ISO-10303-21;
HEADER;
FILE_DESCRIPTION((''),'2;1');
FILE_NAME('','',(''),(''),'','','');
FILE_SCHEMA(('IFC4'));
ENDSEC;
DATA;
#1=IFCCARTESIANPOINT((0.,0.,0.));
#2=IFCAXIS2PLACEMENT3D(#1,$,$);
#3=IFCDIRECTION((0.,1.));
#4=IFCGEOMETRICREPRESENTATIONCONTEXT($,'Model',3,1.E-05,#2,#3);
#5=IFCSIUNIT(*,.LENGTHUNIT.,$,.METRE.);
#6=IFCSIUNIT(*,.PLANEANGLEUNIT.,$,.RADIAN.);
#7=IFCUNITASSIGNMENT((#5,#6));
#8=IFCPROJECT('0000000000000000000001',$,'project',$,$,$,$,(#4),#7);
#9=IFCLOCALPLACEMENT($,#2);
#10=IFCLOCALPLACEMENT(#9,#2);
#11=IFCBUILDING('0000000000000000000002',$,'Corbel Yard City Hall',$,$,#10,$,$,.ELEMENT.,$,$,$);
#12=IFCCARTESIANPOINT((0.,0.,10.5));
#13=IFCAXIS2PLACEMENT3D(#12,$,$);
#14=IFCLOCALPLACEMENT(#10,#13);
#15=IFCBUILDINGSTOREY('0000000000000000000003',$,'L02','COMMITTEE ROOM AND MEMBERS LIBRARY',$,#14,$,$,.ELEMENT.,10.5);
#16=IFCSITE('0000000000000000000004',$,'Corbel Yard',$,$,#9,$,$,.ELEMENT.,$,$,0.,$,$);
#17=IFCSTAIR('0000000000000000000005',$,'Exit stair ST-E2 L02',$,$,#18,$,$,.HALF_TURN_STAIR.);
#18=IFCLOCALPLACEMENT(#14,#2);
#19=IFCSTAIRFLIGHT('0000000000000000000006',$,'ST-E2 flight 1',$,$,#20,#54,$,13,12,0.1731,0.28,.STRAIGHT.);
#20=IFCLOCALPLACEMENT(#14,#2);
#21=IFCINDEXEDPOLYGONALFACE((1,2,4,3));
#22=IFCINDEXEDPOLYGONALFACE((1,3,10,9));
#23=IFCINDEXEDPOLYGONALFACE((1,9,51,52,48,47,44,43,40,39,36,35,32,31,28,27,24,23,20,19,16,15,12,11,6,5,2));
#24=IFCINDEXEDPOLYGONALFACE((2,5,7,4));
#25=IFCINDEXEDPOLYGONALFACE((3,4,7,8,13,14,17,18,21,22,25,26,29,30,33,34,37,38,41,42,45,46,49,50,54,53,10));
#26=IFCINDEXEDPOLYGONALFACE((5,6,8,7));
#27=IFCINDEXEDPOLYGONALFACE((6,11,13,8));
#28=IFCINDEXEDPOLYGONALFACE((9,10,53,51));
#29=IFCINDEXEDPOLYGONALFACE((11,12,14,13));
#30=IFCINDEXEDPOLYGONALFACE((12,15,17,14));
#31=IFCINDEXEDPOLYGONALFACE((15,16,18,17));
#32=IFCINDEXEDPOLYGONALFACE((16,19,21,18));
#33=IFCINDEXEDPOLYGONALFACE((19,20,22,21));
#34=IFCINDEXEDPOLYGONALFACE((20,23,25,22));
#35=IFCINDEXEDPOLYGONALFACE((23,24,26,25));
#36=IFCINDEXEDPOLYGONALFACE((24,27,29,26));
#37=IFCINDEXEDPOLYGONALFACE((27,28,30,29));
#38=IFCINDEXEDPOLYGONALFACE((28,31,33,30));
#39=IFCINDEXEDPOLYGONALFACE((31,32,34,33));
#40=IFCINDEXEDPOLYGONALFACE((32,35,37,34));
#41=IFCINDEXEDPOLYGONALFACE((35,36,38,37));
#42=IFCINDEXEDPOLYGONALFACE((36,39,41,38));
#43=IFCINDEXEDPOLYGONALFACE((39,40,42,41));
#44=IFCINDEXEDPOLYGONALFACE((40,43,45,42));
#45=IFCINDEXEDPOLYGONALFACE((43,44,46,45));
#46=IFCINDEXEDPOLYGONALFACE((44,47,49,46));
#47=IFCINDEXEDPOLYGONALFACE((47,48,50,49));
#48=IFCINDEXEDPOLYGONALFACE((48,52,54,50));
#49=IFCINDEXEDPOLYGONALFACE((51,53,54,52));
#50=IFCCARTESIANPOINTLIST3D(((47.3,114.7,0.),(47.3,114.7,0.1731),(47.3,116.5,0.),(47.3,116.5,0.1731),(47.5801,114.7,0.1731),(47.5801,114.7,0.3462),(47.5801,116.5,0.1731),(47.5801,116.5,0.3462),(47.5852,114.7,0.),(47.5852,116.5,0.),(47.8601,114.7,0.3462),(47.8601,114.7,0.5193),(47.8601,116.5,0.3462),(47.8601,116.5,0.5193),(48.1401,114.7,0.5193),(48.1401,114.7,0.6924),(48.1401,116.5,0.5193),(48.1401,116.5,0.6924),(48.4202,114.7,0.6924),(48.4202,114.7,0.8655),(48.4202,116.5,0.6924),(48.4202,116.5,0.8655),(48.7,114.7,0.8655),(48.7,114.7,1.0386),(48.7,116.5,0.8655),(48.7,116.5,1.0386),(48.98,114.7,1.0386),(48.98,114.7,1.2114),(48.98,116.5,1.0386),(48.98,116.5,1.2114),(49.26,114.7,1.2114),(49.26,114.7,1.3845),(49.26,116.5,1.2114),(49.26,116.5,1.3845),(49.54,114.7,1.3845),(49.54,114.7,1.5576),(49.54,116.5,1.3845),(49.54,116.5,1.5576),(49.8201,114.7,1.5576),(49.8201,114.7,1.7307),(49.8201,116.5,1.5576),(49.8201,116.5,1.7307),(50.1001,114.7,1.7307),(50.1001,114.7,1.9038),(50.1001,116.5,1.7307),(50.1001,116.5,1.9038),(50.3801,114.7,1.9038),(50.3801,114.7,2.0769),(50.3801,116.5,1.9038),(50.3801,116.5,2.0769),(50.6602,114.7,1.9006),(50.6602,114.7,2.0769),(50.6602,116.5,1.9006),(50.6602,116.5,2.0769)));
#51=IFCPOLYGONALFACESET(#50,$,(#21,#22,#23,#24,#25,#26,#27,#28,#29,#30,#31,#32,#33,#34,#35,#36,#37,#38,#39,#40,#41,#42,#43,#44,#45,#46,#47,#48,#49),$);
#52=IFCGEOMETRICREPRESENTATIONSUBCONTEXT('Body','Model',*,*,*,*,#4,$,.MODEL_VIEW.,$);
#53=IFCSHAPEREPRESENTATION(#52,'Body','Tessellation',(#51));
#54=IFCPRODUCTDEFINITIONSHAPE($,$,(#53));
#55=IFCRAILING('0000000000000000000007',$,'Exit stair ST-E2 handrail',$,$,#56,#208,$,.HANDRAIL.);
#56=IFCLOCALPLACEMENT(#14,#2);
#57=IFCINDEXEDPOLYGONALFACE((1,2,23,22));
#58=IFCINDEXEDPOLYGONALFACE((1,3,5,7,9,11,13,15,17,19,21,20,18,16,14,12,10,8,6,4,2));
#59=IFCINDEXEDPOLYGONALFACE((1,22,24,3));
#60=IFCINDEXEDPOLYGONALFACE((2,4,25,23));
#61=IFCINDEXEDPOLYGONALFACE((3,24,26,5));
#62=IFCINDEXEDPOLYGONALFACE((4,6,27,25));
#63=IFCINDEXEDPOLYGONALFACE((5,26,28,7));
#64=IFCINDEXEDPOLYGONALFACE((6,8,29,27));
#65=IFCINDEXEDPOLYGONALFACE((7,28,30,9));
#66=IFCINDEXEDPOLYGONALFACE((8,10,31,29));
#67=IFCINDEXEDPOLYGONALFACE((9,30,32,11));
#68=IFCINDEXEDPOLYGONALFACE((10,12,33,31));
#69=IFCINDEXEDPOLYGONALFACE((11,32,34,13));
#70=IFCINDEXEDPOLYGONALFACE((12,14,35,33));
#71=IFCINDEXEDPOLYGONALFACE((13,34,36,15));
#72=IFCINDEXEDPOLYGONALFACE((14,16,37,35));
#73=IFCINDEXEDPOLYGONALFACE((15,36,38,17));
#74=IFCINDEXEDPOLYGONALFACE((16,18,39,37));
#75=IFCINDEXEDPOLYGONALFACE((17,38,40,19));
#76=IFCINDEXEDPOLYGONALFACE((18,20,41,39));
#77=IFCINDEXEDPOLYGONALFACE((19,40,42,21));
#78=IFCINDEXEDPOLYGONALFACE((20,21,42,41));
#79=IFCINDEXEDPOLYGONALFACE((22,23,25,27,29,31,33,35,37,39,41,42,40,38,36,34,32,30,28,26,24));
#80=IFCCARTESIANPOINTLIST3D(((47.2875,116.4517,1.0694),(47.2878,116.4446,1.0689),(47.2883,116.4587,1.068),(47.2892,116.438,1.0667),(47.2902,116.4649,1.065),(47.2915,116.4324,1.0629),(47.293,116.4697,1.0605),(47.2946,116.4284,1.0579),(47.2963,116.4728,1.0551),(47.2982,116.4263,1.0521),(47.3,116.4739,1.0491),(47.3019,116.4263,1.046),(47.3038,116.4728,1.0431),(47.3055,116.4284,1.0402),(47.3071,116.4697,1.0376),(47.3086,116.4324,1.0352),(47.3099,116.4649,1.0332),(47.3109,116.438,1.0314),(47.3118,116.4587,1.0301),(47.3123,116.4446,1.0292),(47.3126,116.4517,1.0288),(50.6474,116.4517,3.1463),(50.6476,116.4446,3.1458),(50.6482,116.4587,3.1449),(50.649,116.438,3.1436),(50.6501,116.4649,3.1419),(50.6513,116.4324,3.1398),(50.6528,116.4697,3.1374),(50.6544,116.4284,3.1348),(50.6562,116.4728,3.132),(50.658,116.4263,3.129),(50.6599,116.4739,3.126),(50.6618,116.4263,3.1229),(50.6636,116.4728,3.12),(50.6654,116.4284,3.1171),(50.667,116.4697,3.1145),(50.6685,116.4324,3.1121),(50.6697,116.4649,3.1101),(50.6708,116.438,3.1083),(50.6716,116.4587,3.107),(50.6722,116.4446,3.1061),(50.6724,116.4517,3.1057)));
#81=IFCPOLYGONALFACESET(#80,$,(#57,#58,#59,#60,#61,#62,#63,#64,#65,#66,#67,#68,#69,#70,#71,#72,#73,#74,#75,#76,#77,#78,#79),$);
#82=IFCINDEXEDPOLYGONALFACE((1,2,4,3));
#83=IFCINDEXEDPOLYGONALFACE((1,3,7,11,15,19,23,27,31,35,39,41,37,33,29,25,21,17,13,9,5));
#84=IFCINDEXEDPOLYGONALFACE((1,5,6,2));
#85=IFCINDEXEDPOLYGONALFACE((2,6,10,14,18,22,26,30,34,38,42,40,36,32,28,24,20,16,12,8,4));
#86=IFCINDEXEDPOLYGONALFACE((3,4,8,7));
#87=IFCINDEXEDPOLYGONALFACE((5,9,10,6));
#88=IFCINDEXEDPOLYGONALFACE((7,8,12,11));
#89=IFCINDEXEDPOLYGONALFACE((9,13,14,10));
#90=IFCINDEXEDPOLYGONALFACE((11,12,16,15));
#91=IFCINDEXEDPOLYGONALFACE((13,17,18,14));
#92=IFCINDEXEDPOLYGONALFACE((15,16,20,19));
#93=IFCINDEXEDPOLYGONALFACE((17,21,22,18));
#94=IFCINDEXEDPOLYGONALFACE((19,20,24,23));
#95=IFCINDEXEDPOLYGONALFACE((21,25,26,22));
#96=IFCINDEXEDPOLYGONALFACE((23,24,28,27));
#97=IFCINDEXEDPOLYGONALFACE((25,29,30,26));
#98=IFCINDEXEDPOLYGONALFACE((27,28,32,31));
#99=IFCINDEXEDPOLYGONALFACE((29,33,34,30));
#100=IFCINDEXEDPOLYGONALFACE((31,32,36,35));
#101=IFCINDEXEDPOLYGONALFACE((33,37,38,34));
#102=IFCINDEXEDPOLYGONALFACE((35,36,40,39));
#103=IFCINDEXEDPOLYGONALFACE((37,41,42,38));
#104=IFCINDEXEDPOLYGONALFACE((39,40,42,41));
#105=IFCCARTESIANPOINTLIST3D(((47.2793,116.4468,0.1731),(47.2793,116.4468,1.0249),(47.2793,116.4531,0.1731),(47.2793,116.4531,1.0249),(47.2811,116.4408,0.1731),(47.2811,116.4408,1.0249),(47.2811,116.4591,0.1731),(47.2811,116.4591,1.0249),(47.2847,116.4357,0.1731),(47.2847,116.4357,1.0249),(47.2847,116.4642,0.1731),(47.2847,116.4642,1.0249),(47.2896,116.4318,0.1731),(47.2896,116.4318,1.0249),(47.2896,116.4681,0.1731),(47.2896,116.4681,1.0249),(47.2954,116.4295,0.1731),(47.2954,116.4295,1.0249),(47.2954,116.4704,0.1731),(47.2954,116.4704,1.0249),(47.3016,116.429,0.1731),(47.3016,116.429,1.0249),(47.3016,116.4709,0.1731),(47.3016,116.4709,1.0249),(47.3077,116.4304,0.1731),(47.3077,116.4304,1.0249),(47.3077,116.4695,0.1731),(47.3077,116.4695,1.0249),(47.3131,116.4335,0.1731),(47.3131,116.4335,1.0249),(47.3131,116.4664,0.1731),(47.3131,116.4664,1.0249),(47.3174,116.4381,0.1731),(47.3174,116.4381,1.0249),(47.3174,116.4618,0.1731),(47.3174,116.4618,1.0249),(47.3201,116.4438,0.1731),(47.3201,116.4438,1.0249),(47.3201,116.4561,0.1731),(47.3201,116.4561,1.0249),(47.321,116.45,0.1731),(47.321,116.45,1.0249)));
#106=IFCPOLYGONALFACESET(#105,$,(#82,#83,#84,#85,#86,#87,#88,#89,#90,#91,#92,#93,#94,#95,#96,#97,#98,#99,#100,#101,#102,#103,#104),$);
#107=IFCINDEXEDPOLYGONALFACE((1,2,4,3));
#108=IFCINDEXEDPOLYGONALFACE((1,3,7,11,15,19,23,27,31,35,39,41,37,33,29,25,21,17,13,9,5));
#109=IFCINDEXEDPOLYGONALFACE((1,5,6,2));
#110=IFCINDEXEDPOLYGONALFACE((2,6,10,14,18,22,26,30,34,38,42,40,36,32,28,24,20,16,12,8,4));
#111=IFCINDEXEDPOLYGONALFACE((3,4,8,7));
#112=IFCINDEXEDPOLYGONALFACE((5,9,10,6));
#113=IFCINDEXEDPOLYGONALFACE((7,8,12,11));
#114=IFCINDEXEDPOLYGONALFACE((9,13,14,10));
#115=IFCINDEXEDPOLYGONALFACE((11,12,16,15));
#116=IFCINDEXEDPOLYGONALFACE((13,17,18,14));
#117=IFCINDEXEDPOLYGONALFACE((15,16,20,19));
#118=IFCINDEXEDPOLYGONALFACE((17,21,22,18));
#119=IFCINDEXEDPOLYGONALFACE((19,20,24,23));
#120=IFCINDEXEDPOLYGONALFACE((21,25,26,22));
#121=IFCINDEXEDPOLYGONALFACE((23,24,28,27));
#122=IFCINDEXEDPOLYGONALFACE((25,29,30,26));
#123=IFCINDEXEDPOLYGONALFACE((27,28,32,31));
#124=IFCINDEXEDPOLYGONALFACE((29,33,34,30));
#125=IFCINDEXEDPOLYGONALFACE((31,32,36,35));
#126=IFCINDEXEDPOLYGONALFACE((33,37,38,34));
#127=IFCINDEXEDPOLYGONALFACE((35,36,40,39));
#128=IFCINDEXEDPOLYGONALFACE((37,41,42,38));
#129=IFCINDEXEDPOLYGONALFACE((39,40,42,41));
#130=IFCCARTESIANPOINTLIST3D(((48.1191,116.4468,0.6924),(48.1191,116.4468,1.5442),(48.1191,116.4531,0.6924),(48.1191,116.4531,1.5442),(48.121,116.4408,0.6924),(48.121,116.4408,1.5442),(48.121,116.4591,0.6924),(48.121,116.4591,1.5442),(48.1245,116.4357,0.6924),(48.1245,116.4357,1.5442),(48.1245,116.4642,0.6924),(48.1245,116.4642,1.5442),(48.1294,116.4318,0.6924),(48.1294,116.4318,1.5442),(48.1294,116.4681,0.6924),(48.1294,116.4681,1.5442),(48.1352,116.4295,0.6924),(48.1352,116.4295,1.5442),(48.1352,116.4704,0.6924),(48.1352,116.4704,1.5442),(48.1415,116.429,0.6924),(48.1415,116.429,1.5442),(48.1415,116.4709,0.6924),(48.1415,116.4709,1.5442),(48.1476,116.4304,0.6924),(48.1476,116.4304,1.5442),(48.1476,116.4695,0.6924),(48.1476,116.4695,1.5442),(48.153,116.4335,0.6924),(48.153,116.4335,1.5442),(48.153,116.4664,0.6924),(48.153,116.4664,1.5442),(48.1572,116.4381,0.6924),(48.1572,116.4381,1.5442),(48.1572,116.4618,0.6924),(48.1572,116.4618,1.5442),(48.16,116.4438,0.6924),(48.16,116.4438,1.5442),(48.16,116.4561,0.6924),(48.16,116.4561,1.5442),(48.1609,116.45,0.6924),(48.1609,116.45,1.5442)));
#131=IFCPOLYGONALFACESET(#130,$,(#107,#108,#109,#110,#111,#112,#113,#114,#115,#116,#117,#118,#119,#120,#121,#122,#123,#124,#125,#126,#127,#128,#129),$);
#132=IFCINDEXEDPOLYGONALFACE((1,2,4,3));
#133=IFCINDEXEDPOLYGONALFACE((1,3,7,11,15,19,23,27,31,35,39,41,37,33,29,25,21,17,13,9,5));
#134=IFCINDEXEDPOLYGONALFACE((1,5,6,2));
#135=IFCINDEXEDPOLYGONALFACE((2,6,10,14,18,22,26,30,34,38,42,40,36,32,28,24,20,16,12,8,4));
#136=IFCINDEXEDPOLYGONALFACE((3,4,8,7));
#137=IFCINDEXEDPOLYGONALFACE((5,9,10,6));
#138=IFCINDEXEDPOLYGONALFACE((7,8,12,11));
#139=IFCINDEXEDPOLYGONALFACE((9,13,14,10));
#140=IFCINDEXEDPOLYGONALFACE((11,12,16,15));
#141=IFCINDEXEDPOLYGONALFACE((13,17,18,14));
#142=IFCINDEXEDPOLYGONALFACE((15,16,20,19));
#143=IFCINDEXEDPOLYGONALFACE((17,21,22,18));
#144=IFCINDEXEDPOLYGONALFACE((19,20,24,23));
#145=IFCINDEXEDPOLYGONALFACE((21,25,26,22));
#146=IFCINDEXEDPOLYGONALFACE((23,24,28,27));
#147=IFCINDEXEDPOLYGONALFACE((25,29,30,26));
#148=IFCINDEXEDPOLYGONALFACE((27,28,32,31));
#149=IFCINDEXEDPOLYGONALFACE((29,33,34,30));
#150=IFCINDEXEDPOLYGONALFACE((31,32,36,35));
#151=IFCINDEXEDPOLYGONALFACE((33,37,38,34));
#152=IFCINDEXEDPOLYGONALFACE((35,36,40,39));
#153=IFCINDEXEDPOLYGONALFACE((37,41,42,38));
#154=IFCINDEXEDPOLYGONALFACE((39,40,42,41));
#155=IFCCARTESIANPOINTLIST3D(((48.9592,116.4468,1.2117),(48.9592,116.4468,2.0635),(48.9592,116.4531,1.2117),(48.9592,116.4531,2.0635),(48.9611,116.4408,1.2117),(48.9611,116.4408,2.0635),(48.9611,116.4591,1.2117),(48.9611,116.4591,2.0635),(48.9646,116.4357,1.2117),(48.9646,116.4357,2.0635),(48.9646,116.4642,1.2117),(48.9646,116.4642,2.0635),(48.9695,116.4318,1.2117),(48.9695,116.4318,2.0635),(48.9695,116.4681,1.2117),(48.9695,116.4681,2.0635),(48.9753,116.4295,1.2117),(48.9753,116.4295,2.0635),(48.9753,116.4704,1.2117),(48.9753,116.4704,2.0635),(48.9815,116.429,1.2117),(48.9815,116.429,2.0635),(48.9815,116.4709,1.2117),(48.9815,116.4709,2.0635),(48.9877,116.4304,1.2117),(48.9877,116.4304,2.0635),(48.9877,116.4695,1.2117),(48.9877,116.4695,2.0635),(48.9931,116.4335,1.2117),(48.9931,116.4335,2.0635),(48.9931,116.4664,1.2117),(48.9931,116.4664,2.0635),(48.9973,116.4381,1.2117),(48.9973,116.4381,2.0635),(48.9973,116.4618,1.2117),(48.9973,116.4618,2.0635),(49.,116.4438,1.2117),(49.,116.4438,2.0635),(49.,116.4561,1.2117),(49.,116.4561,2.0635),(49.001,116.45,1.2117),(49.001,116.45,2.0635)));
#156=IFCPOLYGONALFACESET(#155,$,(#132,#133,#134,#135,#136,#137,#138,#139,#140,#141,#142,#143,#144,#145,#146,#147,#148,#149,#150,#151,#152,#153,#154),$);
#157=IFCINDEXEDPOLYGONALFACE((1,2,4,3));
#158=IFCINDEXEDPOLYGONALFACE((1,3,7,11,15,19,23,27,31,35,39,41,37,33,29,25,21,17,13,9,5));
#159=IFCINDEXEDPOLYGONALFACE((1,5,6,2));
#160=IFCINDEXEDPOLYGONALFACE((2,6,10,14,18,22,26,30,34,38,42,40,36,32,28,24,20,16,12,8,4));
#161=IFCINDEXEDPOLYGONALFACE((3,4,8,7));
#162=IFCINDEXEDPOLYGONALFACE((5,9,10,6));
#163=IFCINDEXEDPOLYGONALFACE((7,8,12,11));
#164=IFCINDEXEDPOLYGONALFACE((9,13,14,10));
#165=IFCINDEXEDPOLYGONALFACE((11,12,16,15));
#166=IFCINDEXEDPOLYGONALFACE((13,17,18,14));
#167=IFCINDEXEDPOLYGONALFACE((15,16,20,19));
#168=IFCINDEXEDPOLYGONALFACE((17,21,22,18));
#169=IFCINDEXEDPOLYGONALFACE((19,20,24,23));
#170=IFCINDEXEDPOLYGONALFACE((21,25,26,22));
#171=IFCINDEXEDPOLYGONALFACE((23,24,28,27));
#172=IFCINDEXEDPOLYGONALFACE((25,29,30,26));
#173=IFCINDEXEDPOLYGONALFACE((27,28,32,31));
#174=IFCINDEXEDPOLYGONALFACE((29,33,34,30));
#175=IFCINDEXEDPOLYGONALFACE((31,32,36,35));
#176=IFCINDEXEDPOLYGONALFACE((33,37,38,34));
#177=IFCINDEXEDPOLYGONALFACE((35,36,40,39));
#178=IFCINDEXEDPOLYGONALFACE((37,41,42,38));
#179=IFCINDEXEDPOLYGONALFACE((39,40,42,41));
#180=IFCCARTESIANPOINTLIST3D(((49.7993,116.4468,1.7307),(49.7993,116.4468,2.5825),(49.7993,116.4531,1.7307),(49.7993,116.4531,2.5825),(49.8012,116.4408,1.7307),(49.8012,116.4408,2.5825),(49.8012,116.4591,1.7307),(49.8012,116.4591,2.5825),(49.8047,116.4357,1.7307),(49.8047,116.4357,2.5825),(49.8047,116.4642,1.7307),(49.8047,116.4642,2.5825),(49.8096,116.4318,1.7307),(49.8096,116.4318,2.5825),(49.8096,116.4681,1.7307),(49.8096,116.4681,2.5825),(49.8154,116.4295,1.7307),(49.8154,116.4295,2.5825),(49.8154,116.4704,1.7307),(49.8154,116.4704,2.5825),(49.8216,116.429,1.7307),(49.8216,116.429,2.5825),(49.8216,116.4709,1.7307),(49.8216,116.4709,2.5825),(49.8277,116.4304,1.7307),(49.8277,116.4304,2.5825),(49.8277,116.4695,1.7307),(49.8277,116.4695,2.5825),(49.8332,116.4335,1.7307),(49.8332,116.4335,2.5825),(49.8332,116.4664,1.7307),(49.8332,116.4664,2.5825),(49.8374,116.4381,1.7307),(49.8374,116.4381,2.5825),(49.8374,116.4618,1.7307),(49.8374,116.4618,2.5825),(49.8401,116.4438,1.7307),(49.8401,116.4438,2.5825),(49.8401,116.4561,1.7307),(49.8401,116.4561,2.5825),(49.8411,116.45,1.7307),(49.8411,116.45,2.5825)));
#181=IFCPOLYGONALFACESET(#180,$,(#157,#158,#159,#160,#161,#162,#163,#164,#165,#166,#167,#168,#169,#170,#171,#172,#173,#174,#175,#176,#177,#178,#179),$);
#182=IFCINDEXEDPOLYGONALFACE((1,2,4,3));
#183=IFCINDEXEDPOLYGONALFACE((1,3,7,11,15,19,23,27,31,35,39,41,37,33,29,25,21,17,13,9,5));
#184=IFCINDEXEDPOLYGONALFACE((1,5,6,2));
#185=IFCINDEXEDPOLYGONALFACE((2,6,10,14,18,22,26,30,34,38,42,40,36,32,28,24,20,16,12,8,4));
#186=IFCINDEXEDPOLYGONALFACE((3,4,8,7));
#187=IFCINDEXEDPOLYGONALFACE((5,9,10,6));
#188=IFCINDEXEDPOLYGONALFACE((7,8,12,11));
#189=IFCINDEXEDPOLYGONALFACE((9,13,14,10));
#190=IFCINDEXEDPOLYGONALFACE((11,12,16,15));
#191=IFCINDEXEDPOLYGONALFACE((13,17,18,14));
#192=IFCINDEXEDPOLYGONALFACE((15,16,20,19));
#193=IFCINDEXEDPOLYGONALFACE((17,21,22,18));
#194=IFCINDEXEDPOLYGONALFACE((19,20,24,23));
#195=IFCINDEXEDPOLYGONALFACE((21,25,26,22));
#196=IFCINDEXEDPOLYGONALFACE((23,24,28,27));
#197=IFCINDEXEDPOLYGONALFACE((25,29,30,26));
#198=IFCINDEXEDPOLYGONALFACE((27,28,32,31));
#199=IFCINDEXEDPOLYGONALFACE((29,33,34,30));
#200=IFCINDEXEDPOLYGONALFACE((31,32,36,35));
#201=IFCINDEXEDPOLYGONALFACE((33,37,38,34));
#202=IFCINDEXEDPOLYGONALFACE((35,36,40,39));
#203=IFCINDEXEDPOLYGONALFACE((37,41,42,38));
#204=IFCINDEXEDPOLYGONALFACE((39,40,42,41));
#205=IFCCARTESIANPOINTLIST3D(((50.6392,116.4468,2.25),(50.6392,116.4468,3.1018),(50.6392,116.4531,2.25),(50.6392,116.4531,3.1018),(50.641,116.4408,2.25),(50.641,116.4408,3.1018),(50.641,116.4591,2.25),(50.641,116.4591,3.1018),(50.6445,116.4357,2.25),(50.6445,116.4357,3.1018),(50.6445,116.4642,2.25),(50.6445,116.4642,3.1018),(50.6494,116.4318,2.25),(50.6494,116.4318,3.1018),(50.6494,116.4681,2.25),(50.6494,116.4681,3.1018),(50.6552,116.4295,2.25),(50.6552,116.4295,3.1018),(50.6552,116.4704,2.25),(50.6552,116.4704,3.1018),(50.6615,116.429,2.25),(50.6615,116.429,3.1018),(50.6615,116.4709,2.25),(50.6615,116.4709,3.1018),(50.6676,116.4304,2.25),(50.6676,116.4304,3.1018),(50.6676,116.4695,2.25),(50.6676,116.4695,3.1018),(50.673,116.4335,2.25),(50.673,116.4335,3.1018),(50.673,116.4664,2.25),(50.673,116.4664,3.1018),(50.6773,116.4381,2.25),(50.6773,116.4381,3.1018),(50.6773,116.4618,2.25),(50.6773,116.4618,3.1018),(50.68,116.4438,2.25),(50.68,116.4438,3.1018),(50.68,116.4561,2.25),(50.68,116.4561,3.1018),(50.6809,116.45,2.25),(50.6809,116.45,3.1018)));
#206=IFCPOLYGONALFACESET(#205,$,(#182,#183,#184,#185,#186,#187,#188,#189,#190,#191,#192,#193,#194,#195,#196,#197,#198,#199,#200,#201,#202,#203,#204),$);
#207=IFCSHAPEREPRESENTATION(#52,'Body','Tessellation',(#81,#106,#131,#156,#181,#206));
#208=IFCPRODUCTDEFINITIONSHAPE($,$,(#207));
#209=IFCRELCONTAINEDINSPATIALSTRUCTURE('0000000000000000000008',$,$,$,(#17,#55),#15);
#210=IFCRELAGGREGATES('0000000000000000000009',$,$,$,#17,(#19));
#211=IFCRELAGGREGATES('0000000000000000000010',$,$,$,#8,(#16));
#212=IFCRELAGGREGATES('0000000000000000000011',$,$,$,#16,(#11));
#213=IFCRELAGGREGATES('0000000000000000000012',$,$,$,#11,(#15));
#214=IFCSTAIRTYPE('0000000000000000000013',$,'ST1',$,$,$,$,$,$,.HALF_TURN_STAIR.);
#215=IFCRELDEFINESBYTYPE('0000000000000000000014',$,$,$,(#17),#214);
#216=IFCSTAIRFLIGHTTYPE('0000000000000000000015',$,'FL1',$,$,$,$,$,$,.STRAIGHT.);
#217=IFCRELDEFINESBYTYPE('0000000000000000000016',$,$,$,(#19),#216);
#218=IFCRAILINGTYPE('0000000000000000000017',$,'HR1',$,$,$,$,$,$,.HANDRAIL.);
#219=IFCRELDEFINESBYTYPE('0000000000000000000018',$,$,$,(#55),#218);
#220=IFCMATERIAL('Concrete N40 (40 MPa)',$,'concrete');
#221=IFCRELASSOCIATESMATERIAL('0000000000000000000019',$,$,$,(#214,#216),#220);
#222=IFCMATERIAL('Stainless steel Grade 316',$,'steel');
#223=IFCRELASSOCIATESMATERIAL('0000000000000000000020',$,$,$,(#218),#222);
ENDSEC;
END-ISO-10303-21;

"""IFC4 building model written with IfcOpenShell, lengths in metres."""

from ifc_helpers import new_model, si_unit, direction, frame, origin, origin_2d, place, context, subcontext, project, spatial, polyline, circle, outline, extrude, material, type_object, element, aggregate, save


model = new_model("IFC4")

# Units and contexts
model_context = context("Model", 3, precision=1e-05, world=origin(), true_north=direction((0.0, 1.0)))
body_context = subcontext(model_context, "Body", "Model", "MODEL_VIEW")
ifc_project = project(units=[si_unit("LENGTHUNIT", "METRE"), si_unit("PLANEANGLEUNIT", "RADIAN")], contexts=[model_context])

# Site, building, storey
site_placement = place(None, origin())
site = spatial("IfcSite", under=ifc_project, at=site_placement, Name="Corbel Yard", CompositionType="ELEMENT", RefElevation=0.0)
building_placement = place(site_placement, origin())
building = spatial("IfcBuilding", under=site, at=building_placement, Name="Corbel Yard City Hall", CompositionType="ELEMENT")
storey_placement = place(building_placement, frame((0.0, 0.0, 10.5)))
storey = spatial("IfcBuildingStorey", under=building, at=storey_placement, Name="L02", Description="COMMITTEE ROOM AND MEMBERS LIBRARY", CompositionType="ELEMENT", Elevation=10.5)

# Shared definitions
ifc_material_1 = material(Name="Concrete N40 (40 MPa)", Category="concrete")

# Stair, stair flight
stair_type = type_object("IfcStairType", Name="ST1", PredefinedType="HALF_TURN_STAIR", material=ifc_material_1)
stair_placement = place(storey_placement, origin())
stair = element("IfcStair", 1, at=stair_placement, inside=storey, type_object=stair_type, Name="Exit stair ST-E2 L02", PredefinedType="HALF_TURN_STAIR")
stair_flight_type = type_object("IfcStairFlightType", Name="FL1", PredefinedType="STRAIGHT", material=ifc_material_1)
stair_flight_placement = place(storey_placement, frame((47.3, 115.6001, 0.0), z_axis=(0.0, 0.0, 1.0), x_axis=(1.0, 0.0, 0.0)))
stair_flight = element("IfcStairFlight", 2, at=stair_flight_placement, type_object=stair_flight_type, Name="ST-E2 flight 1", NumberOfRisers=13, NumberOfTreads=12, PredefinedType="STRAIGHT", RiserHeight=0.1731, TreadLength=0.28, context=body_context, shape_type="SweptSolid", body=[
    extrude(outline(polyline([(0.0, 0.0), (0.0, 0.1731), (0.28, 0.1731), (0.28, 0.3462), (0.5601, 0.3462), (0.5601, 0.5193), (0.8401, 0.5193), (0.8401, 0.6924), (1.1201, 0.6924), (1.1201, 0.8655), (1.3999, 0.8655), (1.3999, 1.0386), (1.6799, 1.0386), (1.6799, 1.2114), (1.96, 1.2114), (1.96, 1.3845), (2.24, 1.3845), (2.24, 1.5576), (2.52, 1.5576), (2.52, 1.7307), (2.8, 1.7307), (2.8, 1.9038), (3.0801, 1.9038), (3.0801, 2.0769), (3.3601, 2.0769), (3.3601, 2.25), (3.3601, 1.9006), (0.2852, 0.0), (0.0, 0.0)])), frame((0.0, 0.8999, 0.0), z_axis=(0.0, -1.0, 0.0), x_axis=(1.0, 0.0, 0.0)), (0.0, 0.0, 1.0), 1.8),
])
aggregate(stair, [stair_flight])

# Railing
ifc_material_2 = material(Name="Stainless steel Grade 316", Category="steel")
railing_type = type_object("IfcRailingType", Name="HR1", PredefinedType="HANDRAIL", material=ifc_material_2)
for number, where, name in (
    (3, (47.3, 116.45, 0.1731), "Exit stair ST-E2 handrail"),
):
    element("IfcRailing", number, at=place(storey_placement, frame(where)), inside=storey, type_object=railing_type, Name=name, PredefinedType="HANDRAIL", context=body_context, shape_type="SweptSolid", body=[
        extrude(circle(Radius=0.0239, at=origin_2d()), frame((0.0, 0.0, 0.876), z_axis=(0.850606, 0.0, 0.525803), x_axis=(0.0, 1.0, 0.0)), (0.0, 0.0, 1.0), 3.95),
        extrude(circle(Radius=0.021, at=origin_2d()), origin(), (0.0, 0.0, 1.0), 0.8518),
        extrude(circle(Radius=0.021, at=origin_2d()), frame((0.8398, 0.0, 0.5193)), (0.0, 0.0, 1.0), 0.8518),
        extrude(circle(Radius=0.021, at=origin_2d()), frame((1.6799, 0.0, 1.0386)), (0.0, 0.0, 1.0), 0.8518),
        extrude(circle(Radius=0.021, at=origin_2d()), frame((2.52, 0.0, 1.5576)), (0.0, 0.0, 1.0), 0.8518),
        extrude(circle(Radius=0.021, at=origin_2d()), frame((3.3599, 0.0, 2.0769)), (0.0, 0.0, 1.0), 0.8518),
    ])

save(model, "model.ifc")
